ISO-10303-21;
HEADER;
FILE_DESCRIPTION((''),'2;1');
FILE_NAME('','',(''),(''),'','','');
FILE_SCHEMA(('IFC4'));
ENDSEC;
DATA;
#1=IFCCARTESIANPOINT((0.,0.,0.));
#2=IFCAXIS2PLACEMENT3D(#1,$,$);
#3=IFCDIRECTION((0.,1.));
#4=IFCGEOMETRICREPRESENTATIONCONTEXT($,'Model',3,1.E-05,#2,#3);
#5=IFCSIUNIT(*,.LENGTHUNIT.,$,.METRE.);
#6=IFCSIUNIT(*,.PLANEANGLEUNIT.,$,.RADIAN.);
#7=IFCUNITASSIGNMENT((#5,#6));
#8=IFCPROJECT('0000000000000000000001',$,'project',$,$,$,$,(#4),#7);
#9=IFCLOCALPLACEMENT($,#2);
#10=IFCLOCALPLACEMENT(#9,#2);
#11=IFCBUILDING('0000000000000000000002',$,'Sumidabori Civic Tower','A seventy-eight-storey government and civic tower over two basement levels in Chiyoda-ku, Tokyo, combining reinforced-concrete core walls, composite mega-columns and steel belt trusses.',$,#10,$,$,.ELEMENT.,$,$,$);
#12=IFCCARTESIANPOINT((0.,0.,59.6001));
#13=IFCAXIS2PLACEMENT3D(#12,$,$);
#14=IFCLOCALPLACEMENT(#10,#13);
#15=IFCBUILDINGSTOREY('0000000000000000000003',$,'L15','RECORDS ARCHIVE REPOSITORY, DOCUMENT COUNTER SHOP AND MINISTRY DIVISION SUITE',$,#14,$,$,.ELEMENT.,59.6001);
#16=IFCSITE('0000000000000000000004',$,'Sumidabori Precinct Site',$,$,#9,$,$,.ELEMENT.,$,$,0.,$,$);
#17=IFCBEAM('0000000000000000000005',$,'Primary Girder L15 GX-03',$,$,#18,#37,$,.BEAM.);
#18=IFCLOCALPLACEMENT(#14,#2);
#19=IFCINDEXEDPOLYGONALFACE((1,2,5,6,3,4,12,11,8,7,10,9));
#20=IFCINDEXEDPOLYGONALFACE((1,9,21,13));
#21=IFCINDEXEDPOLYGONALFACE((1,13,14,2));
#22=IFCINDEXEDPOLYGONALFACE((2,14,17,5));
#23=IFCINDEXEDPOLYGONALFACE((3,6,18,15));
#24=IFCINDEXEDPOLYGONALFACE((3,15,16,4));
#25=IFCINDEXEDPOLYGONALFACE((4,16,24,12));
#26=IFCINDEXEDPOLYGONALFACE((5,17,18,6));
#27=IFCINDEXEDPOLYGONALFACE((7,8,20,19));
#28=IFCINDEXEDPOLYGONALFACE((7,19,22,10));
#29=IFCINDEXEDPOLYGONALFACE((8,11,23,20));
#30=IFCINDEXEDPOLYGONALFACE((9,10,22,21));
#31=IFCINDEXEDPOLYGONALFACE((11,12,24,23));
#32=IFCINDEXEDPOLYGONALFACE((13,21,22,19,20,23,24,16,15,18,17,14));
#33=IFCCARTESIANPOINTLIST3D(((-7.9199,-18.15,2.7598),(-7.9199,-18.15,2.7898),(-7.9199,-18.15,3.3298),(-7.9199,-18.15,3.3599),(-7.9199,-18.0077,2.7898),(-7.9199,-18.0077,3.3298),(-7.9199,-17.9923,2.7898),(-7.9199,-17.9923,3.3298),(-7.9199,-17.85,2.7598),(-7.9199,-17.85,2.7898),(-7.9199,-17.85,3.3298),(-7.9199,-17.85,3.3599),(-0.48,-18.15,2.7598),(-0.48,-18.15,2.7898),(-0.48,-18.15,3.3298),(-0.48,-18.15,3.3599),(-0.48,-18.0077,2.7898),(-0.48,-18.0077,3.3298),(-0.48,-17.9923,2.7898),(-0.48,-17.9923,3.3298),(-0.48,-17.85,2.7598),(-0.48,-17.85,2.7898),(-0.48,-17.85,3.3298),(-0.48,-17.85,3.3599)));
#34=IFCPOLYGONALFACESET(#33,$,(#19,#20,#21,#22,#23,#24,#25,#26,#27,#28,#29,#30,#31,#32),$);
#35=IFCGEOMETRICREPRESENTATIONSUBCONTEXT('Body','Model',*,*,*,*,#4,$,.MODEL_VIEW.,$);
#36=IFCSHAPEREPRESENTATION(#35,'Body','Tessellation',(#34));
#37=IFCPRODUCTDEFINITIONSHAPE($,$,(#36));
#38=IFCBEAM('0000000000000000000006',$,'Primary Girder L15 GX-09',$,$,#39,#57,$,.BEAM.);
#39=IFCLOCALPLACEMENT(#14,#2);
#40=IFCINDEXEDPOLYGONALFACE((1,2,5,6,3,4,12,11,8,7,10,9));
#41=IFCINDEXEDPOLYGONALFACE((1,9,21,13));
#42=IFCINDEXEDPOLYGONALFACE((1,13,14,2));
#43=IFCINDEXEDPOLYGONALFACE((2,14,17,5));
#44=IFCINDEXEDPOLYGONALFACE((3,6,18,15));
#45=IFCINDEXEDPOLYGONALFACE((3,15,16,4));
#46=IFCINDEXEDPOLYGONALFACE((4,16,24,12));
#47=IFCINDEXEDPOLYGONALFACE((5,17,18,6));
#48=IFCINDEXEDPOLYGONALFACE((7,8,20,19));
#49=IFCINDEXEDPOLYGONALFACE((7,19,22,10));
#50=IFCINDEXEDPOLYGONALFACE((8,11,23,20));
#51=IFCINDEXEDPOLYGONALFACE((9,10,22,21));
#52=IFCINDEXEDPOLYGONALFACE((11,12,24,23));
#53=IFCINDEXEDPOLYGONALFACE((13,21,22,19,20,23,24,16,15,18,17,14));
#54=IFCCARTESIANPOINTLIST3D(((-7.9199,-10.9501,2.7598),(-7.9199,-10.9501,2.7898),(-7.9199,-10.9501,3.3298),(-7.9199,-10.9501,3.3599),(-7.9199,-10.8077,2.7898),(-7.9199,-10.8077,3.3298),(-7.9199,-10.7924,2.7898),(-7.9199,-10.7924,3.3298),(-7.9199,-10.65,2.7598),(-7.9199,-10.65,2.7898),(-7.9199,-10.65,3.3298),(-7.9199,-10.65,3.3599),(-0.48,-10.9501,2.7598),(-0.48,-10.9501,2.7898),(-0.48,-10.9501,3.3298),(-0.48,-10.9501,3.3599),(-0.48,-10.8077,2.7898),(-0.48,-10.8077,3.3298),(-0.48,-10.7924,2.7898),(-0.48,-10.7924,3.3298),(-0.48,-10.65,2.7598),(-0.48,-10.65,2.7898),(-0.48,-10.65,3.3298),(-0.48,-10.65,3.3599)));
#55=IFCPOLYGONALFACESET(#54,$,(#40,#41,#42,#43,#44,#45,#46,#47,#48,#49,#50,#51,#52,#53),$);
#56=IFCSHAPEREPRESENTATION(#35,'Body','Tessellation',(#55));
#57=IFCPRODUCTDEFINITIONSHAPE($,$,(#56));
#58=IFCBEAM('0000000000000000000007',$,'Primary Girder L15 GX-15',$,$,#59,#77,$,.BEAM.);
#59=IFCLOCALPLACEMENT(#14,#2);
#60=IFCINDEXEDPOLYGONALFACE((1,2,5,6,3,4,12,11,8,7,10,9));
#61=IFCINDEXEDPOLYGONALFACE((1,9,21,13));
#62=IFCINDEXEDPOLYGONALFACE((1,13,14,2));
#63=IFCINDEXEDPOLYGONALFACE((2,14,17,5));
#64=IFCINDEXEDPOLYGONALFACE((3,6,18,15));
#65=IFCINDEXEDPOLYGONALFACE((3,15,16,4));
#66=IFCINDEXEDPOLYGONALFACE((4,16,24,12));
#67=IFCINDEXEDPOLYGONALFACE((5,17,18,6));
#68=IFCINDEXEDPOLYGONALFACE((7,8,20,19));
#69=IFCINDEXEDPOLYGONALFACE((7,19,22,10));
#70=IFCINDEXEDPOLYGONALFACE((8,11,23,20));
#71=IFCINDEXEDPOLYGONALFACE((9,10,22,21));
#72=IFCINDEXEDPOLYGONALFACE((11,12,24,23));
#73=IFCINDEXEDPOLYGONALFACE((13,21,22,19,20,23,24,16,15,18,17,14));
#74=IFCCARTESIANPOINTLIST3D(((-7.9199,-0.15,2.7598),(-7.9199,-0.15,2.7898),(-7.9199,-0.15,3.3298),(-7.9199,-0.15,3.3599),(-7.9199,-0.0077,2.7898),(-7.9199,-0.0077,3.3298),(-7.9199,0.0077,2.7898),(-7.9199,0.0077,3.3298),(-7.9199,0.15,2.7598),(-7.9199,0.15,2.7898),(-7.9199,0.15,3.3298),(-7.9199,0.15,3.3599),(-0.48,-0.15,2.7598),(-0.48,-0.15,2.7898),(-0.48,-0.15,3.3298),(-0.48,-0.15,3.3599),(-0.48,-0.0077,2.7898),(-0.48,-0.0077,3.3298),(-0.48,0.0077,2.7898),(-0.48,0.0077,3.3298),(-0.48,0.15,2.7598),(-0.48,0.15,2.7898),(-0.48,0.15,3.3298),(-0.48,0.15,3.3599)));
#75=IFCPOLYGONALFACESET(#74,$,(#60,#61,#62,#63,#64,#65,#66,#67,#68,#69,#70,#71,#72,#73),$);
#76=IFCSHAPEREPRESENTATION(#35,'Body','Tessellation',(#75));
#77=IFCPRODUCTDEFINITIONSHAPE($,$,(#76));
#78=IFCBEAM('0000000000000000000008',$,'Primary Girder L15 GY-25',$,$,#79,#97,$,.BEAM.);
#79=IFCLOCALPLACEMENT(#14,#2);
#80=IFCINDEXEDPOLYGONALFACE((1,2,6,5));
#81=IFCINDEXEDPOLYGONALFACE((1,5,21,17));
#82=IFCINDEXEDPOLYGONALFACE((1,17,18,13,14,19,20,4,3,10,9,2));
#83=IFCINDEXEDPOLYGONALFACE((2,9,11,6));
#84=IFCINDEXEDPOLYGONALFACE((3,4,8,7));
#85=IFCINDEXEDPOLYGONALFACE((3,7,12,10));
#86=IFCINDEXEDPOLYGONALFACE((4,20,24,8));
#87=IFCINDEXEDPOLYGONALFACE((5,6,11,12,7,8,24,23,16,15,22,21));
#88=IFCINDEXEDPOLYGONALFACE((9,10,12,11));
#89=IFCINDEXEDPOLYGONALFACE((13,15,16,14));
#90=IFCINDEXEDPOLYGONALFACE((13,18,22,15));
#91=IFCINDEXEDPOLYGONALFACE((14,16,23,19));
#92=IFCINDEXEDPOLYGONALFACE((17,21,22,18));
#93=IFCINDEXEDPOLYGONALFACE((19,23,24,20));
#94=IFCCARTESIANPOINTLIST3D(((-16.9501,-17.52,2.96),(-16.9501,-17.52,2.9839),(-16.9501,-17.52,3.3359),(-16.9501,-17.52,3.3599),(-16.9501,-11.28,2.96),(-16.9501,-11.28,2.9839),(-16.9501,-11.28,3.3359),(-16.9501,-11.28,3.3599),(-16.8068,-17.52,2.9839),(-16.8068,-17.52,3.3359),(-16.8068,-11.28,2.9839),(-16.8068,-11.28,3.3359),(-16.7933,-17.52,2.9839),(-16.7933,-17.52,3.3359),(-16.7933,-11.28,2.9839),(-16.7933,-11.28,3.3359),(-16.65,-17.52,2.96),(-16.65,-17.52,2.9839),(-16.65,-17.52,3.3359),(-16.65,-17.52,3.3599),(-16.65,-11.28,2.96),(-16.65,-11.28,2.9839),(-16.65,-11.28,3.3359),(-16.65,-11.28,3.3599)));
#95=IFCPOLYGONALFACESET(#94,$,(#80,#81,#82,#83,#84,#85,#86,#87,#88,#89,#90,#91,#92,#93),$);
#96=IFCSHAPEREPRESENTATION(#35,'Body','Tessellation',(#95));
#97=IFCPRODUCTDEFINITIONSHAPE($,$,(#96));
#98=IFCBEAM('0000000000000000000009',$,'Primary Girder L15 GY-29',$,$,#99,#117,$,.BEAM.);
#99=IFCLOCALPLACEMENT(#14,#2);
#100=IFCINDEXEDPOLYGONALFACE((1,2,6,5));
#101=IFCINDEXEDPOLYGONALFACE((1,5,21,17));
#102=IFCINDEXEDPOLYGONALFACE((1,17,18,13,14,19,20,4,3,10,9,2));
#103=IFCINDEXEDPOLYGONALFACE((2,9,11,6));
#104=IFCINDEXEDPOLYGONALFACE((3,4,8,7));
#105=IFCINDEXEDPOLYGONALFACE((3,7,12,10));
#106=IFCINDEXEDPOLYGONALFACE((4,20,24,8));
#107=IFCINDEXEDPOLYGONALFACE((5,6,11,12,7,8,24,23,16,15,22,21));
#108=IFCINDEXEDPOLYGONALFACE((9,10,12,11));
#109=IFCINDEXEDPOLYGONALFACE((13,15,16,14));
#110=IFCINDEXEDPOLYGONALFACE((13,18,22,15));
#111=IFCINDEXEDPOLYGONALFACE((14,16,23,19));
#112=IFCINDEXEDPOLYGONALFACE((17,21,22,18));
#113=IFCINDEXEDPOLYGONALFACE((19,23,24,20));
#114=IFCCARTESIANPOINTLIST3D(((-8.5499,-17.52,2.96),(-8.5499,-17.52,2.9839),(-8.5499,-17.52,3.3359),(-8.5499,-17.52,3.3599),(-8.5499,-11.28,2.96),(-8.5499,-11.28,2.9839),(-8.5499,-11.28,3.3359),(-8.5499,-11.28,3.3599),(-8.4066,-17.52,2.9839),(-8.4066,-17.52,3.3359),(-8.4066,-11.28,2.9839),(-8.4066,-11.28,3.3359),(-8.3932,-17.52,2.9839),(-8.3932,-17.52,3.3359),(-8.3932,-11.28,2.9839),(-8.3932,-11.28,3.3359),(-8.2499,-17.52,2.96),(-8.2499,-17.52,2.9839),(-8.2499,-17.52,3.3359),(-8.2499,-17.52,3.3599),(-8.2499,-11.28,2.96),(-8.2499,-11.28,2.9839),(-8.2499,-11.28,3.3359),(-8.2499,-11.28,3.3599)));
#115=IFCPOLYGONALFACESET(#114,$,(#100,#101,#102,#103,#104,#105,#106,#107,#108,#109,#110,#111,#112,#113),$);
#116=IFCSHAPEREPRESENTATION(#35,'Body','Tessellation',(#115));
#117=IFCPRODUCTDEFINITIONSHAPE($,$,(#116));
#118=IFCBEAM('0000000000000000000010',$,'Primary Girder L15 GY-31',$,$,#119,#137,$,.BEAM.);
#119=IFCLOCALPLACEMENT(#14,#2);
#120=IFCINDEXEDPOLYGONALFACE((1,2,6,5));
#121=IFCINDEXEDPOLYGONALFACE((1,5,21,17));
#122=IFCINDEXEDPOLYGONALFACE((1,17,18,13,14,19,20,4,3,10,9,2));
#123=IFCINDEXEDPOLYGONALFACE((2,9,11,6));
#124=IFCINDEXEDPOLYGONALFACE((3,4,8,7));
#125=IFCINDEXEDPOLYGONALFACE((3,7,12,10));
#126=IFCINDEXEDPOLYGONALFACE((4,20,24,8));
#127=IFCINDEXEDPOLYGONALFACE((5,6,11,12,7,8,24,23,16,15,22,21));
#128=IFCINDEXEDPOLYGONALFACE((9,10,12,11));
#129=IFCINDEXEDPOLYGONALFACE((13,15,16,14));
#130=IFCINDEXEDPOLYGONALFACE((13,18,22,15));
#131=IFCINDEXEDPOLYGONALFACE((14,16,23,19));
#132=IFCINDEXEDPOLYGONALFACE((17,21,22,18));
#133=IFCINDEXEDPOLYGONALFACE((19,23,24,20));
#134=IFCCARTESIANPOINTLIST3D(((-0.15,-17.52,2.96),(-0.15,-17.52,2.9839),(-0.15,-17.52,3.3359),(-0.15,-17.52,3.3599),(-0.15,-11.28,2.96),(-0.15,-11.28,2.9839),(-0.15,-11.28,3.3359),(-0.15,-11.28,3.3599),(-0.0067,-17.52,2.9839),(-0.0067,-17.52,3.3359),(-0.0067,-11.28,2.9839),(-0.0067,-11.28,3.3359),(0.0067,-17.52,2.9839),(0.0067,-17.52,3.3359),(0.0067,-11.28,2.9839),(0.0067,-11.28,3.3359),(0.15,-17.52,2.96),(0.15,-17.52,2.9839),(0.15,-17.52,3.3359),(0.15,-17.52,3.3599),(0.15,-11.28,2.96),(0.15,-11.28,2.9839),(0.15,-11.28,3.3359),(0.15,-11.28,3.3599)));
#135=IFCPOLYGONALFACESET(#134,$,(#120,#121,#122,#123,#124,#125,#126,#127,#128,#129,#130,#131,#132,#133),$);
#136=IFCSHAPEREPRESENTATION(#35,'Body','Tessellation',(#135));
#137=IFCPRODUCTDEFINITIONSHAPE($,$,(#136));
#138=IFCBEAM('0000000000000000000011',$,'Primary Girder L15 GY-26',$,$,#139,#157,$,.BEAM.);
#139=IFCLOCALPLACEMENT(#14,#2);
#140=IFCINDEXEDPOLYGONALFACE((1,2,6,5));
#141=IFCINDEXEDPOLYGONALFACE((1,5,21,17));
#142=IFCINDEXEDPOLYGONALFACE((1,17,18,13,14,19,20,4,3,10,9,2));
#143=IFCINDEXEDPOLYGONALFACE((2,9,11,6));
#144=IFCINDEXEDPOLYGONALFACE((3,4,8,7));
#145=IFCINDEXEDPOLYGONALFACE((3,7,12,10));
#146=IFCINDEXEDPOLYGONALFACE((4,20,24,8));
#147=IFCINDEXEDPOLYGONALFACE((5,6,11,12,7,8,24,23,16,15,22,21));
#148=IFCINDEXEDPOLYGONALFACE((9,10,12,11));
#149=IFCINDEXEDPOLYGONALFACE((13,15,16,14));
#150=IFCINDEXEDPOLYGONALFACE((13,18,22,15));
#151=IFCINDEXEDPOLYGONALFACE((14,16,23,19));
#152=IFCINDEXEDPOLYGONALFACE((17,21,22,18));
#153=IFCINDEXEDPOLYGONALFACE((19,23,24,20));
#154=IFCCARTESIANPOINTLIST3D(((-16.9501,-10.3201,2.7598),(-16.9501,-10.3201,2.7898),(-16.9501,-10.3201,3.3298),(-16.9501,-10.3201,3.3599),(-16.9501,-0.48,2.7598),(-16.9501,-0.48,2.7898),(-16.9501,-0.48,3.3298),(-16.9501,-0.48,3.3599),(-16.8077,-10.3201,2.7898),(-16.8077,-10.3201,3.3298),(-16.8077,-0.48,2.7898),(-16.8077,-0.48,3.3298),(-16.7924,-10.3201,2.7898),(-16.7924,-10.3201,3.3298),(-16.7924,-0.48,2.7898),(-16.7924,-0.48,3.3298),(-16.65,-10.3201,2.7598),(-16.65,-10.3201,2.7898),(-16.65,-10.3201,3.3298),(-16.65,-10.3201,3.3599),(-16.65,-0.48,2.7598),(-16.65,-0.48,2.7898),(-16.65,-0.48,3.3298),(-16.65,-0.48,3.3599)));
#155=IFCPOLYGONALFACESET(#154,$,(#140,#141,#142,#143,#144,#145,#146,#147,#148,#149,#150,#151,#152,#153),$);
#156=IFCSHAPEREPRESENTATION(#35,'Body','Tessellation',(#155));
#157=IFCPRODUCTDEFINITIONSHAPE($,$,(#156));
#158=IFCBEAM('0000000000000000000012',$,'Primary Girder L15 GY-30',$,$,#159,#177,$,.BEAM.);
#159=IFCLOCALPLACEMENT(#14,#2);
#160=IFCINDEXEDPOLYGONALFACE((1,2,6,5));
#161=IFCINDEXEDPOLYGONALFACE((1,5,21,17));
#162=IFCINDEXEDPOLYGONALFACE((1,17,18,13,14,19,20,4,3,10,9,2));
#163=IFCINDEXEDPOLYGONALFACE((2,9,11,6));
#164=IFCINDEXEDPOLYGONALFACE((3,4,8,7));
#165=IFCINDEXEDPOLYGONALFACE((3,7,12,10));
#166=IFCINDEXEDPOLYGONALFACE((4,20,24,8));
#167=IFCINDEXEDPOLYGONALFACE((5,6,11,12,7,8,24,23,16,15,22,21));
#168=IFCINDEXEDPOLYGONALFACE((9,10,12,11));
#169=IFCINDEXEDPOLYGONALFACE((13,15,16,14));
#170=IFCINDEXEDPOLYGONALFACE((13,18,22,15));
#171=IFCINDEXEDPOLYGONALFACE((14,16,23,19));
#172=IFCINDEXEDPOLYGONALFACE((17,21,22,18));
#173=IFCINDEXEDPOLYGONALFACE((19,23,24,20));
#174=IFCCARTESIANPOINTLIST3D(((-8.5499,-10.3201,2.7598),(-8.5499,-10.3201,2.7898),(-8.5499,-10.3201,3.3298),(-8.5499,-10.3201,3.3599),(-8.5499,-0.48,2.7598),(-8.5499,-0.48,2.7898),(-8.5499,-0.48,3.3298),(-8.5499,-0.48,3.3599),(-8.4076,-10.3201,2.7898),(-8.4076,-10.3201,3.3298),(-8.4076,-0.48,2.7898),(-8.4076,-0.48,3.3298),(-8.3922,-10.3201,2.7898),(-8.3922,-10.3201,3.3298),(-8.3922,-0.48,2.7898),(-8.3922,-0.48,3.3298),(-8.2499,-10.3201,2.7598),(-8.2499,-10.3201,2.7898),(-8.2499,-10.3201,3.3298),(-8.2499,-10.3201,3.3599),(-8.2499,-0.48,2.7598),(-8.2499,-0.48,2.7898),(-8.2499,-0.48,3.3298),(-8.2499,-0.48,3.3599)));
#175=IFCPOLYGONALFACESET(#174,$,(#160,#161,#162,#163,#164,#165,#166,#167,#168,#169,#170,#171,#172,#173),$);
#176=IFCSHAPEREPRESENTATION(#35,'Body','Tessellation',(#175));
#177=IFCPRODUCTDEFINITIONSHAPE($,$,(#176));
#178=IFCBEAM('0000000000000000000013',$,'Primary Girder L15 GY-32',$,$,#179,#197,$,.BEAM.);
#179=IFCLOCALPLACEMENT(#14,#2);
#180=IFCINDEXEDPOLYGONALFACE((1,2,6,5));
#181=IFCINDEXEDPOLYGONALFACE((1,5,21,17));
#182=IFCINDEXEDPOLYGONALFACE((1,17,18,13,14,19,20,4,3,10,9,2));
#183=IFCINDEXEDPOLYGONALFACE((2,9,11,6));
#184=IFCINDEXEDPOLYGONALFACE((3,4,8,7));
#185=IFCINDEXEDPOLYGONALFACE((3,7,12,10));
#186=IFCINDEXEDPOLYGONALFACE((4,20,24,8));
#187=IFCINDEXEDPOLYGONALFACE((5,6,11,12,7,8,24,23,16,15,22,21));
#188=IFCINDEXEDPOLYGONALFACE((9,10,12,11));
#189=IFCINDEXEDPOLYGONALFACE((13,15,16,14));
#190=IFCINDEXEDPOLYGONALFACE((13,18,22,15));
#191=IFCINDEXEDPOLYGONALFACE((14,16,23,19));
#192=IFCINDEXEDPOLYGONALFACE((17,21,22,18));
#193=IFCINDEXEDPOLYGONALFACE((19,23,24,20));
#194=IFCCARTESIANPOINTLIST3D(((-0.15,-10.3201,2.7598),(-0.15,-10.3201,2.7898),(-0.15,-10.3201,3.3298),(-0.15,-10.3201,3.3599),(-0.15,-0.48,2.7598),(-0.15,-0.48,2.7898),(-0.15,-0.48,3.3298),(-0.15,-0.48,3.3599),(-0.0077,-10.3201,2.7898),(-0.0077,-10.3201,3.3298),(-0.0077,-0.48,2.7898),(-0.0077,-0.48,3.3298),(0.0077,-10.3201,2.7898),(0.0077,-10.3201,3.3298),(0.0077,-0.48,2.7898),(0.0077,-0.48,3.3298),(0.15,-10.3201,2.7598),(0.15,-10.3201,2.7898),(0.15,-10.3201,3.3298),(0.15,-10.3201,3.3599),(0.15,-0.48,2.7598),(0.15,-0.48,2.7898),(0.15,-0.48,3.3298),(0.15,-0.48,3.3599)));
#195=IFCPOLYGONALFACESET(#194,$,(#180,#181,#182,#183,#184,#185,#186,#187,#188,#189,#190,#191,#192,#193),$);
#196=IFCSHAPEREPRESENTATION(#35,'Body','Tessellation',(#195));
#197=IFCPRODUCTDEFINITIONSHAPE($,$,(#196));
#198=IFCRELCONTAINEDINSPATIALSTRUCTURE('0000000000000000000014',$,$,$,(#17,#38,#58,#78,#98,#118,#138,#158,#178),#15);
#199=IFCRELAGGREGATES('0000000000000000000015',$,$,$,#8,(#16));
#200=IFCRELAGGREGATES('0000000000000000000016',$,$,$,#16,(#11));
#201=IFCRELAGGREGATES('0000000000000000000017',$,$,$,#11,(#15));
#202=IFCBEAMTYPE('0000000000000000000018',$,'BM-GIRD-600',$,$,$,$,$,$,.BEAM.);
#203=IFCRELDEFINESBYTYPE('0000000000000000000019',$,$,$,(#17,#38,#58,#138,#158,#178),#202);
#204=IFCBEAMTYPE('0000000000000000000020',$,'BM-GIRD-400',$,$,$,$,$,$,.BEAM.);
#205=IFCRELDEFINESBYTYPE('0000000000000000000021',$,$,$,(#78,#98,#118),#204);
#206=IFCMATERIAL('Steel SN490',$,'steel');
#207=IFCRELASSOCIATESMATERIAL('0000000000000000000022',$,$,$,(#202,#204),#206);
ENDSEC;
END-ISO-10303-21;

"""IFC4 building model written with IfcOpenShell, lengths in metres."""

from ifc_helpers import new_model, si_unit, direction, frame, origin, origin_2d, place, context, subcontext, project, spatial, i_section, extrude, source, transform, mapped, material, material_profile, profile_set, type_object, element, save


model = new_model("IFC4")

# Units and contexts
model_context = context("Model", 3, precision=1e-05, world=origin(), true_north=direction((0.0, 1.0)))
body_context = subcontext(model_context, "Body", "Model", "MODEL_VIEW")
ifc_project = project(units=[si_unit("LENGTHUNIT", "METRE"), si_unit("PLANEANGLEUNIT", "RADIAN")], contexts=[model_context])

# Site, building, storey
site_placement = place(None, origin())
site = spatial("IfcSite", under=ifc_project, at=site_placement, Name="Sumidabori Precinct Site", CompositionType="ELEMENT", RefElevation=0.0)
building_placement = place(site_placement, origin())
building = spatial("IfcBuilding", under=site, at=building_placement, Name="Sumidabori Civic Tower", Description="A seventy-eight-storey government and civic tower over two basement levels in Chiyoda-ku, Tokyo, combining reinforced-concrete core walls, composite mega-columns and steel belt trusses.", CompositionType="ELEMENT")
storey_placement = place(building_placement, frame((0.0, 0.0, 59.6001)))
storey = spatial("IfcBuildingStorey", under=building, at=storey_placement, Name="L15", Description="RECORDS ARCHIVE REPOSITORY, DOCUMENT COUNTER SHOP AND MINISTRY DIVISION SUITE", CompositionType="ELEMENT", Elevation=59.6001)

# Beams
ifc_material_1 = material(Name="Steel SN490", Category="steel")
ifc_material_profile_1 = material_profile(ifc_material_1, i_section(OverallWidth=0.3, OverallDepth=0.6001, WebThickness=0.0154, FlangeThickness=0.03, at=origin_2d()), Name="HE 600 B")
ifc_profile_set_1 = profile_set([ifc_material_profile_1], Name="Steel SN490")
beam_type_1 = type_object("IfcBeamType", Name="BM-GIRD-600", PredefinedType="BEAM", material=ifc_profile_set_1)
shared_shape_1 = source(origin(), body_context, "Body", "SweptSolid", [
    extrude(i_section(OverallWidth=0.3, OverallDepth=0.6001, WebThickness=0.0154, FlangeThickness=0.03, at=origin_2d()), origin(), (0.0, 0.0, 1.0), 7.4399),
])
for number, where, z_axis, x_axis, name in (
    (1, (-7.9199, -18.0, 3.0598), (1.0, 0.0, 0.0), (0.0, 1.0, 0.0), "Primary Girder L15 GX-03"),
    (2, (-7.9199, -10.8, 3.0598), (1.0, 0.0, 0.0), (0.0, 1.0, 0.0), "Primary Girder L15 GX-09"),
    (3, (-7.9199, 0.0, 3.0598), (1.0, 0.0, 0.0), (0.0, 1.0, 0.0), "Primary Girder L15 GX-15"),
):
    element("IfcBeam", number, at=place(storey_placement, frame(where, z_axis=z_axis, x_axis=x_axis)), inside=storey, type_object=beam_type_1, Name=name, PredefinedType="BEAM", context=body_context, shape_type="MappedRepresentation", body=[
        mapped(shared_shape_1, transform((0.0, 0.0, 0.0), x_axis=(1.0, 0.0, 0.0), y_axis=(0.0, 1.0, 0.0), z_axis=(0.0, 0.0, 1.0), scale=1.0)),
    ])
ifc_material_profile_2 = material_profile(ifc_material_1, i_section(OverallWidth=0.3, OverallDepth=0.3999, WebThickness=0.0134, FlangeThickness=0.0239, at=origin_2d()), Name="HE 400 B")
ifc_profile_set_2 = profile_set([ifc_material_profile_2], Name="Steel SN490")
beam_type_2 = type_object("IfcBeamType", Name="BM-GIRD-400", PredefinedType="BEAM", material=ifc_profile_set_2)
shared_shape_2 = source(origin(), body_context, "Body", "SweptSolid", [
    extrude(i_section(OverallWidth=0.3, OverallDepth=0.3999, WebThickness=0.0134, FlangeThickness=0.0239, at=origin_2d()), origin(), (0.0, 0.0, 1.0), 6.24),
])
for number, where, z_axis, x_axis, name in (
    (4, (-16.8, -17.52, 3.1599), (0.0, 1.0, 0.0), (-1.0, 0.0, 0.0), "Primary Girder L15 GY-25"),
    (5, (-8.3999, -17.52, 3.1599), (0.0, 1.0, 0.0), (-1.0, 0.0, 0.0), "Primary Girder L15 GY-29"),
    (6, (0.0, -17.52, 3.1599), (0.0, 1.0, 0.0), (-1.0, 0.0, 0.0), "Primary Girder L15 GY-31"),
):
    element("IfcBeam", number, at=place(storey_placement, frame(where, z_axis=z_axis, x_axis=x_axis)), inside=storey, type_object=beam_type_2, Name=name, PredefinedType="BEAM", context=body_context, shape_type="MappedRepresentation", body=[
        mapped(shared_shape_2, transform((0.0, 0.0, 0.0), x_axis=(1.0, 0.0, 0.0), y_axis=(0.0, 1.0, 0.0), z_axis=(0.0, 0.0, 1.0), scale=1.0)),
    ])
shared_shape_3 = source(origin(), body_context, "Body", "SweptSolid", [
    extrude(i_section(OverallWidth=0.3, OverallDepth=0.6001, WebThickness=0.0154, FlangeThickness=0.03, at=origin_2d()), origin(), (0.0, 0.0, 1.0), 9.8401),
])
for number, where, z_axis, x_axis, name in (
    (7, (-16.8, -10.3201, 3.0598), (0.0, 1.0, 0.0), (-1.0, 0.0, 0.0), "Primary Girder L15 GY-26"),
    (8, (-8.3999, -10.3201, 3.0598), (0.0, 1.0, 0.0), (-1.0, 0.0, 0.0), "Primary Girder L15 GY-30"),
    (9, (0.0, -10.3201, 3.0598), (0.0, 1.0, 0.0), (-1.0, 0.0, 0.0), "Primary Girder L15 GY-32"),
):
    element("IfcBeam", number, at=place(storey_placement, frame(where, z_axis=z_axis, x_axis=x_axis)), inside=storey, type_object=beam_type_1, Name=name, PredefinedType="BEAM", context=body_context, shape_type="MappedRepresentation", body=[
        mapped(shared_shape_3, transform((0.0, 0.0, 0.0), x_axis=(1.0, 0.0, 0.0), y_axis=(0.0, 1.0, 0.0), z_axis=(0.0, 0.0, 1.0), scale=1.0)),
    ])

save(model, "model.ifc")
